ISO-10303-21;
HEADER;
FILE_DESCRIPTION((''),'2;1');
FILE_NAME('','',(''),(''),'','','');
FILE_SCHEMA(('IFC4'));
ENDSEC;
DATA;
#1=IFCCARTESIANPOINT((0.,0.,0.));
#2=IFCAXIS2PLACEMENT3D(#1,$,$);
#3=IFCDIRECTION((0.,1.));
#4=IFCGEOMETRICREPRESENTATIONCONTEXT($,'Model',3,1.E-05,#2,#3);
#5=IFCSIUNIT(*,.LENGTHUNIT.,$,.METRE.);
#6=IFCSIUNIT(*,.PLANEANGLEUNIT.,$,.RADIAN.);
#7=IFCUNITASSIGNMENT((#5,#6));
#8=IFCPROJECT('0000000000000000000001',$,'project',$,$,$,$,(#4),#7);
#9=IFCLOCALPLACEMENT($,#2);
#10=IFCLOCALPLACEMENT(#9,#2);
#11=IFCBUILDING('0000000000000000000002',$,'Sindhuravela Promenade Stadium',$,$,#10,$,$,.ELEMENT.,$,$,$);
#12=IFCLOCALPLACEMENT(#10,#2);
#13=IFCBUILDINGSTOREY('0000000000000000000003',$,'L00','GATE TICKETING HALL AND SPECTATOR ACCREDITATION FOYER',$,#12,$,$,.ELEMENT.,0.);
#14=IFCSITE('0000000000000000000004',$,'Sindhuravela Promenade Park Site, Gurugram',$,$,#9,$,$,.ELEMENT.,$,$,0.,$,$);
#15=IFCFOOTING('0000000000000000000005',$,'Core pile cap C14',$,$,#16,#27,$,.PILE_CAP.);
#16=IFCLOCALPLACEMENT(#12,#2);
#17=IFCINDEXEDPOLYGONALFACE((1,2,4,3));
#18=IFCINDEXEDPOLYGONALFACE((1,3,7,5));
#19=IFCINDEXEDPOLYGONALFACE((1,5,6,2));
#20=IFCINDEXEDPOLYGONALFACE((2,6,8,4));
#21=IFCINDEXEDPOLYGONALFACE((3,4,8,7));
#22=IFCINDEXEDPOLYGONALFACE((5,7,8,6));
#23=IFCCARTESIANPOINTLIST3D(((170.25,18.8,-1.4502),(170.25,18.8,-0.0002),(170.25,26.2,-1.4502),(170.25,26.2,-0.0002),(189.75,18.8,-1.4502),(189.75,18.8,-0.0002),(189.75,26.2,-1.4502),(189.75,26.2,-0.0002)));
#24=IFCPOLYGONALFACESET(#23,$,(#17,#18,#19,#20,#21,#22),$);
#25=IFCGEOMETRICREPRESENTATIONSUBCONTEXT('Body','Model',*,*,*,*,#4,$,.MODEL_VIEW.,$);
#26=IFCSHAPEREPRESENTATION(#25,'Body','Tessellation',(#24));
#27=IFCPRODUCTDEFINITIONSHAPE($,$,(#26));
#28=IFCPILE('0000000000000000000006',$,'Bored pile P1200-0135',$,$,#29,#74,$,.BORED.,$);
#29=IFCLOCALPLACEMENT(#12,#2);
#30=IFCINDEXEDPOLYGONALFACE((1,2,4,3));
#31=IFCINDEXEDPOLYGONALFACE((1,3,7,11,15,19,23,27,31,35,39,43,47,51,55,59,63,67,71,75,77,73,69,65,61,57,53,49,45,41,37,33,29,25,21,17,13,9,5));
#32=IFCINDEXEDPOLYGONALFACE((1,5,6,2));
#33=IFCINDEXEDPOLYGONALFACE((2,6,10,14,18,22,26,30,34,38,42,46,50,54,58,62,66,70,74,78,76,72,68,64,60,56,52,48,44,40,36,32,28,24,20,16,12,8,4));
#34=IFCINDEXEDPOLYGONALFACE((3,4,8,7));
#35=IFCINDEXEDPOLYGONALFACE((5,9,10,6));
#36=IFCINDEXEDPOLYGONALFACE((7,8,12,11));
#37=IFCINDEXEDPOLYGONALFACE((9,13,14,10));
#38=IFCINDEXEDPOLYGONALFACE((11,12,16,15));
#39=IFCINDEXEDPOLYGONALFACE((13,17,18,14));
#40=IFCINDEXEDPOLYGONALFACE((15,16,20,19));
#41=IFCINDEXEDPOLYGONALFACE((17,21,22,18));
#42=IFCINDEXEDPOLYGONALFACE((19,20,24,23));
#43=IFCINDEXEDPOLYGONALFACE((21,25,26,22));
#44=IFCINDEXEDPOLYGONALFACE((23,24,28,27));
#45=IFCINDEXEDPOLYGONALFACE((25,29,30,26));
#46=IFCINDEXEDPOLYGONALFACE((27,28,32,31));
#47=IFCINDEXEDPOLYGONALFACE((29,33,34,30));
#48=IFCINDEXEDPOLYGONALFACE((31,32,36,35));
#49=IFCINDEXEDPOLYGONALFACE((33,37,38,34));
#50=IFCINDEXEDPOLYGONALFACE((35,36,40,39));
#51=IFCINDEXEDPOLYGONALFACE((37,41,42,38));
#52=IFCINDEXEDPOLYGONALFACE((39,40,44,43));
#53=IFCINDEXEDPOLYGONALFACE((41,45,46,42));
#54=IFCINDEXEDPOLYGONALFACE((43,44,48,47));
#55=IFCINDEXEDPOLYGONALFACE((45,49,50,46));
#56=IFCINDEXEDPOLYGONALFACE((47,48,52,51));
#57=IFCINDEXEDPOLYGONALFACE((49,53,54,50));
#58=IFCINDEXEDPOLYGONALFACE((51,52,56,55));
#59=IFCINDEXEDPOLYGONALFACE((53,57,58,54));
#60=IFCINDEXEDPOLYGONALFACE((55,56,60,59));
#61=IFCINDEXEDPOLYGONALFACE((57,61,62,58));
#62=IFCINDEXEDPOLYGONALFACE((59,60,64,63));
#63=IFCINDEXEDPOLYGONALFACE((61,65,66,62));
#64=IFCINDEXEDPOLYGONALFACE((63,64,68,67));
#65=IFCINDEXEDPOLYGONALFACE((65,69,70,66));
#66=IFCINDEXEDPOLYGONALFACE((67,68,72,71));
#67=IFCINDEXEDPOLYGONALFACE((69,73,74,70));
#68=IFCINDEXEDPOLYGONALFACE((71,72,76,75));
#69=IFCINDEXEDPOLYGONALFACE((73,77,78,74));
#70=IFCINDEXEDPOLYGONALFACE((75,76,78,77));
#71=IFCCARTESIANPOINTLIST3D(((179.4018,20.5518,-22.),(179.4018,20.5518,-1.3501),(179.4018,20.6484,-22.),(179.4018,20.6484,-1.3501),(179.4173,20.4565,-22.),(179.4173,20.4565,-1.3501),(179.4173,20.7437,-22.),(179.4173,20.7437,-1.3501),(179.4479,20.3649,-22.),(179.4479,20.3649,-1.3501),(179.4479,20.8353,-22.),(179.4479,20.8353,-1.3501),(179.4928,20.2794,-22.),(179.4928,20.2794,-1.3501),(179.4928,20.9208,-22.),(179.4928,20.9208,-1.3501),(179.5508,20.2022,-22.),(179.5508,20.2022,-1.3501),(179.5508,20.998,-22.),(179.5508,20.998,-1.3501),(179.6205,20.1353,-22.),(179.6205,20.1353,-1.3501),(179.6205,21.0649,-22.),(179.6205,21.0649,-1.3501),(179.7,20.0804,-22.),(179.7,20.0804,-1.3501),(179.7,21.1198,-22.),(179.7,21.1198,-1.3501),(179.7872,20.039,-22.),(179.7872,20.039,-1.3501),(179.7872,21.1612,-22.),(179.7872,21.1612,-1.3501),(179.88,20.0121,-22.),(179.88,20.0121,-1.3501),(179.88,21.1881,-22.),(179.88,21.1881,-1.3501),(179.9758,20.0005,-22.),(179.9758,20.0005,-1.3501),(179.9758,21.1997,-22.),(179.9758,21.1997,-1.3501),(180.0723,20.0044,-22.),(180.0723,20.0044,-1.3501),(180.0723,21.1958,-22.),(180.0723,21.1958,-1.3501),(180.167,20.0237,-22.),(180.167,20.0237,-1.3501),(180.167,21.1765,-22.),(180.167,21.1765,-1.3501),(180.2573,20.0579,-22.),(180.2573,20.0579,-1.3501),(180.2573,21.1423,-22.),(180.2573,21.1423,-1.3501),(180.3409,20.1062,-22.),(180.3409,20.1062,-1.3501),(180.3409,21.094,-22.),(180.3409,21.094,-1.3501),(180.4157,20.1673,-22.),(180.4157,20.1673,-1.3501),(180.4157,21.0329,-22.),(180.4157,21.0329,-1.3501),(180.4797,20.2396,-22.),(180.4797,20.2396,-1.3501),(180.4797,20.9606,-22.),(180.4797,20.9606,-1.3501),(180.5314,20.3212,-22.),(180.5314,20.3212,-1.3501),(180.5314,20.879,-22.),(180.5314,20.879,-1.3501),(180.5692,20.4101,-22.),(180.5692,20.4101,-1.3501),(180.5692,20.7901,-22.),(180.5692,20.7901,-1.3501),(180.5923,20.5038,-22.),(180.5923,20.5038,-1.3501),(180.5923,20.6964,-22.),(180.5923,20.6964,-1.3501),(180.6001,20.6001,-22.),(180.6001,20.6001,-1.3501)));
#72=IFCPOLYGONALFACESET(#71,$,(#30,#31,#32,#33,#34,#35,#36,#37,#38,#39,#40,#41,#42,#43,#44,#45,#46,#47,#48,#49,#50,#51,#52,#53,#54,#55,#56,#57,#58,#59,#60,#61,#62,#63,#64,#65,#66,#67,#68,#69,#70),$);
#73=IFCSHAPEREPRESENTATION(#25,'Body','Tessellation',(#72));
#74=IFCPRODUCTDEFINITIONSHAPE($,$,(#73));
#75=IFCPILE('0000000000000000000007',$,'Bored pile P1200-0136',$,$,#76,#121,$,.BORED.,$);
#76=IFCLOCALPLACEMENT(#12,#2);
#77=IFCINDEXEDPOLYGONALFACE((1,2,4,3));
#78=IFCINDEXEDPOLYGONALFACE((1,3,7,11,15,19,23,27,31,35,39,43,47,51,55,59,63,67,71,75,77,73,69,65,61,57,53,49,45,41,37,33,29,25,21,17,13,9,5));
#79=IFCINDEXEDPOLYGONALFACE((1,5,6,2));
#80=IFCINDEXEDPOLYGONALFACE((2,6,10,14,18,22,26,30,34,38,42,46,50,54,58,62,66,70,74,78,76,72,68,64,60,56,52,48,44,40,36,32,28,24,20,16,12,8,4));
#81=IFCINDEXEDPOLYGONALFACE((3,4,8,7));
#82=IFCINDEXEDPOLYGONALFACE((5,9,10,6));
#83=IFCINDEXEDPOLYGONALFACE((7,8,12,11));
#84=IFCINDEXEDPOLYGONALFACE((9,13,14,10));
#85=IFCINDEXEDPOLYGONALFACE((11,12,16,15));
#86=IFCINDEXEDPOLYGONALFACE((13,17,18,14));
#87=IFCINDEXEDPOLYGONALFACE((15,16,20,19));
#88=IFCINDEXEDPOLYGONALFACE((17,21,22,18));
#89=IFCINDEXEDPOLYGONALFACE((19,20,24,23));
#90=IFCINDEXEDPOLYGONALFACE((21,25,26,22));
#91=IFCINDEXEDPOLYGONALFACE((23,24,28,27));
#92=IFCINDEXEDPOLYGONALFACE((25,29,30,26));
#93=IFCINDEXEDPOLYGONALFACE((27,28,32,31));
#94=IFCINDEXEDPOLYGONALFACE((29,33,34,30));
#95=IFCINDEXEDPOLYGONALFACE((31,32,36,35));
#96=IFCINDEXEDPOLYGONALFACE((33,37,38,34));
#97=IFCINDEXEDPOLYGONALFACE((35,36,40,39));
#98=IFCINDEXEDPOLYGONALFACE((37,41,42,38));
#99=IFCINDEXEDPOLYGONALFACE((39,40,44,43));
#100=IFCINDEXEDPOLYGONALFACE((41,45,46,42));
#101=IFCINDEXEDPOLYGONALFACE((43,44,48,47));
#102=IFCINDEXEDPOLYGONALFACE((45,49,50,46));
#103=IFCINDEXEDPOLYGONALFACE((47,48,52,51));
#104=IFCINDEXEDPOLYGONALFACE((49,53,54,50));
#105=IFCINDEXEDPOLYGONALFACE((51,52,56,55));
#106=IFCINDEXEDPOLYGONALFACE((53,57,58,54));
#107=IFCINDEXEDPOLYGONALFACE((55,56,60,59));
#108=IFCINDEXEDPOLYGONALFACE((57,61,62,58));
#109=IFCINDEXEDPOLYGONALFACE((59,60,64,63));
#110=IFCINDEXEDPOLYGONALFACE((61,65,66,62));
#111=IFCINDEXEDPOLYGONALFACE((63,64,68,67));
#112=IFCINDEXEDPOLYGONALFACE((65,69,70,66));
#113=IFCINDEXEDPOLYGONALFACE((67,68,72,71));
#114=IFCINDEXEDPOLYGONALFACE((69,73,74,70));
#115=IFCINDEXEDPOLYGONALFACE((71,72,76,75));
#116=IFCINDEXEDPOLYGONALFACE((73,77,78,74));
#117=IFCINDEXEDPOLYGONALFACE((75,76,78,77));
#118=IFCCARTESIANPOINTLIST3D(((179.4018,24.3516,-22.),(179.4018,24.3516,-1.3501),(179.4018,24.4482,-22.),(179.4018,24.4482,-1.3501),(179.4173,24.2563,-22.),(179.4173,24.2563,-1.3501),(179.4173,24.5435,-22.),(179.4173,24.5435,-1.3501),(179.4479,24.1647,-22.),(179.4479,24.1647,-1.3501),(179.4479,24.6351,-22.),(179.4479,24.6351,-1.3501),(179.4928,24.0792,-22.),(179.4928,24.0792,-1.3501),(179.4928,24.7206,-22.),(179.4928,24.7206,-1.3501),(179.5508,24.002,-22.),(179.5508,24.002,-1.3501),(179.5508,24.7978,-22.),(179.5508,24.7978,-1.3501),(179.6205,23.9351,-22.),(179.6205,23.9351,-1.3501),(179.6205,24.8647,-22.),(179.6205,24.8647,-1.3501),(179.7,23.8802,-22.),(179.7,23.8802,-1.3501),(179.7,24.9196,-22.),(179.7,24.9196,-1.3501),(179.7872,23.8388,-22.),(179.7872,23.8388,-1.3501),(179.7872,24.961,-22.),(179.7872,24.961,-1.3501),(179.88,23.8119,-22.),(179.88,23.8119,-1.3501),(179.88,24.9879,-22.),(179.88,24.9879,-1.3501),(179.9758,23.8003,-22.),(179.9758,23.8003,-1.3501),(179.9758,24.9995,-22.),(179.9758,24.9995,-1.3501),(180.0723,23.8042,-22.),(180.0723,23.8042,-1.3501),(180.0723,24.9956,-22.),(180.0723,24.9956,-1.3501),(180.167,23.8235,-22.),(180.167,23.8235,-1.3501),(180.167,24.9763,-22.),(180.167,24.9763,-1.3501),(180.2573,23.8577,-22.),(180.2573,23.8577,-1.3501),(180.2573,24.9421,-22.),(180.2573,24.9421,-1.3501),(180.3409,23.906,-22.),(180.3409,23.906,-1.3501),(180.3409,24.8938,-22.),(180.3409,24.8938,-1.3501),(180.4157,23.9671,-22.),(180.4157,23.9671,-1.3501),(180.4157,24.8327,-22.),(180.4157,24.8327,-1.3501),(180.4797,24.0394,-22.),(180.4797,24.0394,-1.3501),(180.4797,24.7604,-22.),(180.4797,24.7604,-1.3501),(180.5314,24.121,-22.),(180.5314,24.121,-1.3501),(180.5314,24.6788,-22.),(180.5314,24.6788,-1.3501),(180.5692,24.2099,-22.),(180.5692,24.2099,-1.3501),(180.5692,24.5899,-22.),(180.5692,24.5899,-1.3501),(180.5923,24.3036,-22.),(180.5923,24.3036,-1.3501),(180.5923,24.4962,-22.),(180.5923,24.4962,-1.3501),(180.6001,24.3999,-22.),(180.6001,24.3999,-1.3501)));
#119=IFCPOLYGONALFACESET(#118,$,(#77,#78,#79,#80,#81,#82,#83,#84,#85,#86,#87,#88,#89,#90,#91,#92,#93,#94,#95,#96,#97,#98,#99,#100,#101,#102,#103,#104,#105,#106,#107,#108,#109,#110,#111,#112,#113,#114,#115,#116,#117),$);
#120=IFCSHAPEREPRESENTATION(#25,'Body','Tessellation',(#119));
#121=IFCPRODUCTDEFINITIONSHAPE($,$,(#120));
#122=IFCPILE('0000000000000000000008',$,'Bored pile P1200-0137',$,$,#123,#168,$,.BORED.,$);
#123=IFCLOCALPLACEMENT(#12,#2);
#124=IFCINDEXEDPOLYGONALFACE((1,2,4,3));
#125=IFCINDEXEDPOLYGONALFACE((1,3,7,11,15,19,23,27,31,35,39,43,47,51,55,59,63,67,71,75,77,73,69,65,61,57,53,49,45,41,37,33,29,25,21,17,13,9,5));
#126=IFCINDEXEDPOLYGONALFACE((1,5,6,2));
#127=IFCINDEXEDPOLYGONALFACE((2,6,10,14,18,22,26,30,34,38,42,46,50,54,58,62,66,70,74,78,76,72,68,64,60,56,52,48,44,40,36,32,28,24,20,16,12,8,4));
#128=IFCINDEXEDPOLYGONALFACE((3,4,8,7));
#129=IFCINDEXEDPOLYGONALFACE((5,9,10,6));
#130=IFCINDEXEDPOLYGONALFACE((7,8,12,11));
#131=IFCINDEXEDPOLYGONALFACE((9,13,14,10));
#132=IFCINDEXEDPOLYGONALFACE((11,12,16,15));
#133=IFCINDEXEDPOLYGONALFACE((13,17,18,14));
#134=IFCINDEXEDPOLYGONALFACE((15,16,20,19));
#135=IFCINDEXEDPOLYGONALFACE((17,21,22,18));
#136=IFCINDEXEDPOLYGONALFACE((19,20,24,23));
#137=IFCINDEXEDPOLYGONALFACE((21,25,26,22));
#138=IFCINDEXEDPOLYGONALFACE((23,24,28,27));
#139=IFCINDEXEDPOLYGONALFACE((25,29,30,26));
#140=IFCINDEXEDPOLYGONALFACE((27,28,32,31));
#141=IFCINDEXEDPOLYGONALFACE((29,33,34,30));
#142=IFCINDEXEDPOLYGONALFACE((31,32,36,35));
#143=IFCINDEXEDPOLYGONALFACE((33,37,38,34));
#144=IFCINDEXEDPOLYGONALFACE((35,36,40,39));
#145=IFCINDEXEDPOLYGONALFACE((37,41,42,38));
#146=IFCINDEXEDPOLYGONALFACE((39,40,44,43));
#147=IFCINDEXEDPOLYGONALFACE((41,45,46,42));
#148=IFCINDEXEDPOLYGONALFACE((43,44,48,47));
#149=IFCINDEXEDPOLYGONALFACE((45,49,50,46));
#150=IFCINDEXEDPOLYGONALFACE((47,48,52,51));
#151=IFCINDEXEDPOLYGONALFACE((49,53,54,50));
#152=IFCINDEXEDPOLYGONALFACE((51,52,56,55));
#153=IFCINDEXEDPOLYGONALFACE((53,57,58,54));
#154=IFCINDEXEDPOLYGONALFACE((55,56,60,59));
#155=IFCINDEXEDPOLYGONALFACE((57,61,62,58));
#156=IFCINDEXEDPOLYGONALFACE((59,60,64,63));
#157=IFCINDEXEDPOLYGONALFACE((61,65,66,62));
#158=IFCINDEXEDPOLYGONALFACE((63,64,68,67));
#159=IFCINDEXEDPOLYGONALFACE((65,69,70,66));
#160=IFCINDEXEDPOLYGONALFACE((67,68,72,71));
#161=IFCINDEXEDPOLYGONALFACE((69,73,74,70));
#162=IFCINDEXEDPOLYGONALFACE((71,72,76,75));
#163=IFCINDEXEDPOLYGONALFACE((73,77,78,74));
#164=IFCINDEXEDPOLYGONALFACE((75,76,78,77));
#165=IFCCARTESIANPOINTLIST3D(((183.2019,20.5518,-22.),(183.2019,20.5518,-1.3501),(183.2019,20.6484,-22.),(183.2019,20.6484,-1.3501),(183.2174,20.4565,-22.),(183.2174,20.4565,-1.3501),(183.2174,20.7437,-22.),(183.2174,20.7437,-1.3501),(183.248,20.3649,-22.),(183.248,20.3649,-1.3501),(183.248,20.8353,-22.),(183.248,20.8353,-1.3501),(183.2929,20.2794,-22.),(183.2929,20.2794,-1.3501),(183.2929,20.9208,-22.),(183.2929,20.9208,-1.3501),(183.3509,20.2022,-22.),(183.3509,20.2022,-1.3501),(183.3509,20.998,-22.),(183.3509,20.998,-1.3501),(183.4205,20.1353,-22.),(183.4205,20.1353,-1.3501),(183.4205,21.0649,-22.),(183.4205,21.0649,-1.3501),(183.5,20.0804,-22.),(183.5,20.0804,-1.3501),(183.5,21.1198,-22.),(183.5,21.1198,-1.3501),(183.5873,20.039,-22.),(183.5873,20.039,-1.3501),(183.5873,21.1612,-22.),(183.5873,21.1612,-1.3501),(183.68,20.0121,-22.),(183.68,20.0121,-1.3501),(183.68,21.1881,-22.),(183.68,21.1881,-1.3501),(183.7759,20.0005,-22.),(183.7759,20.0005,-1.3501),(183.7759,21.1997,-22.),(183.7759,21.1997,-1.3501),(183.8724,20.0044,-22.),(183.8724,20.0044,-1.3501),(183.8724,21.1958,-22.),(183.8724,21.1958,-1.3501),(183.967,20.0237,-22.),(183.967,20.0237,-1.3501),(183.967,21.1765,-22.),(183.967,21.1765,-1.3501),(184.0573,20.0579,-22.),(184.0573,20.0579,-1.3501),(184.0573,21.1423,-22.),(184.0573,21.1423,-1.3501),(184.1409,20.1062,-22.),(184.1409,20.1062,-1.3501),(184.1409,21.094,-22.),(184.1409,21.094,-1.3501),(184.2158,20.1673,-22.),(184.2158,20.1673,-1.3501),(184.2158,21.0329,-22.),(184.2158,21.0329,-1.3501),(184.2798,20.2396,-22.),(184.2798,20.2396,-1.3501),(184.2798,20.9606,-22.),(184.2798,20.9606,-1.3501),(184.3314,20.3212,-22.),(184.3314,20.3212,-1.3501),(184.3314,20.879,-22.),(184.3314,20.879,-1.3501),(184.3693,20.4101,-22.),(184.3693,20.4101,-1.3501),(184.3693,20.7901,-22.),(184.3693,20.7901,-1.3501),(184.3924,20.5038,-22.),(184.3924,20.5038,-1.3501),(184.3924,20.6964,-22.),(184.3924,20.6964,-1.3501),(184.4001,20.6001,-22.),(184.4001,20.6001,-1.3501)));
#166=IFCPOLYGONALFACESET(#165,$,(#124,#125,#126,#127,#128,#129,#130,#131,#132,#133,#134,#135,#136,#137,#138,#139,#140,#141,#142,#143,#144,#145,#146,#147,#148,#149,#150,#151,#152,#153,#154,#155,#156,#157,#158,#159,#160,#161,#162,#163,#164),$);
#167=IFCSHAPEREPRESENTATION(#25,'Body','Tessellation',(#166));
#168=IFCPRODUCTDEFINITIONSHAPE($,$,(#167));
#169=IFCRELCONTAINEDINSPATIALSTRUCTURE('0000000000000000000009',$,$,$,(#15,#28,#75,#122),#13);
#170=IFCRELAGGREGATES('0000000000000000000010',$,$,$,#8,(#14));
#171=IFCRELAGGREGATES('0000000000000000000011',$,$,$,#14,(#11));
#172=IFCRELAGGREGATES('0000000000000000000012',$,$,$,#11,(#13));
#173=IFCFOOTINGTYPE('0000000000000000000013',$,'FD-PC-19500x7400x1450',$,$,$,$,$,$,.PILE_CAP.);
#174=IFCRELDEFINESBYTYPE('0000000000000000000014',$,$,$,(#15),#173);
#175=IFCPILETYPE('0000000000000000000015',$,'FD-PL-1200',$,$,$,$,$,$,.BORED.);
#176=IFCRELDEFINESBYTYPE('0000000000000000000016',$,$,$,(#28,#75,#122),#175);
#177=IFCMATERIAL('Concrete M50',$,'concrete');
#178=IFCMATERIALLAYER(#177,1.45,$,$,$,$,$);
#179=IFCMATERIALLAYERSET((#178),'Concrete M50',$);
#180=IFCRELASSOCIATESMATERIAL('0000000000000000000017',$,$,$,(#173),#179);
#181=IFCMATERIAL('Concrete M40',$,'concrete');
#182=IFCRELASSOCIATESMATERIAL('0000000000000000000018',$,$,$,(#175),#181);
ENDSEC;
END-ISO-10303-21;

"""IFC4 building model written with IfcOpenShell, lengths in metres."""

from ifc_helpers import new_model, si_unit, direction, frame, origin, origin_2d, place, context, subcontext, project, spatial, rectangle, circle, extrude, material, layer, layer_set, material_profile, profile_set, type_object, element, save


model = new_model("IFC4")

# Units and contexts
model_context = context("Model", 3, precision=1e-05, world=origin(), true_north=direction((0.0, 1.0)))
body_context = subcontext(model_context, "Body", "Model", "MODEL_VIEW")
ifc_project = project(units=[si_unit("LENGTHUNIT", "METRE"), si_unit("PLANEANGLEUNIT", "RADIAN")], contexts=[model_context])

# Site, building, storey
site_placement = place(None, origin())
site = spatial("IfcSite", under=ifc_project, at=site_placement, Name="Sindhuravela Promenade Park Site, Gurugram", CompositionType="ELEMENT", RefElevation=0.0)
building_placement = place(site_placement, origin())
building = spatial("IfcBuilding", under=site, at=building_placement, Name="Sindhuravela Promenade Stadium", CompositionType="ELEMENT")
storey_placement = place(building_placement, origin())
storey = spatial("IfcBuildingStorey", under=building, at=storey_placement, Name="L00", Description="GATE TICKETING HALL AND SPECTATOR ACCREDITATION FOYER", CompositionType="ELEMENT", Elevation=0.0)

# Footing
ifc_material_1 = material(Name="Concrete M50", Category="concrete")
ifc_layer_1 = layer(ifc_material_1, 1.45)
ifc_layer_set_1 = layer_set([ifc_layer_1], Name="Concrete M50")
footing_type = type_object("IfcFootingType", Name="FD-PC-19500x7400x1450", PredefinedType="PILE_CAP", material=ifc_layer_set_1)
footing_placement = place(storey_placement, frame((180.0, 22.5, -1.4502), z_axis=(0.0, 0.0, 1.0), x_axis=(1.0, 0.0, 0.0)))
element("IfcFooting", 1, at=footing_placement, inside=storey, type_object=footing_type, Name="Core pile cap C14", PredefinedType="PILE_CAP", context=body_context, shape_type="SweptSolid", body=[
    extrude(rectangle(XDim=19.5, YDim=7.3999, at=origin_2d()), origin(), (0.0, 0.0, 1.0), 1.45),
])

# Piles
ifc_material_2 = material(Name="Concrete M40", Category="concrete")
ifc_material_profile_1 = material_profile(ifc_material_2, circle(Radius=0.6001, at=origin_2d()), Name="BORED PILE D1200")
ifc_profile_set_1 = profile_set([ifc_material_profile_1], Name="Concrete M40")
pile_type = type_object("IfcPileType", Name="FD-PL-1200", PredefinedType="BORED", material=ifc_profile_set_1)
for number, where, z_axis, x_axis, name in (
    (2, (180.0, 20.6001, -1.3501), (0.0, 0.0, -1.0), (1.0, 0.0, 0.0), "Bored pile P1200-0135"),
    (3, (180.0, 24.3999, -1.3501), (0.0, 0.0, -1.0), (1.0, 0.0, 0.0), "Bored pile P1200-0136"),
    (4, (183.8, 20.6001, -1.3501), (0.0, 0.0, -1.0), (1.0, 0.0, 0.0), "Bored pile P1200-0137"),
):
    element("IfcPile", number, at=place(storey_placement, frame(where, z_axis=z_axis, x_axis=x_axis)), inside=storey, type_object=pile_type, Name=name, PredefinedType="BORED", context=body_context, shape_type="SweptSolid", body=[
        extrude(circle(Radius=0.6001, at=origin_2d()), origin(), (0.0, 0.0, 1.0), 20.6499),
    ])

save(model, "model.ifc")
